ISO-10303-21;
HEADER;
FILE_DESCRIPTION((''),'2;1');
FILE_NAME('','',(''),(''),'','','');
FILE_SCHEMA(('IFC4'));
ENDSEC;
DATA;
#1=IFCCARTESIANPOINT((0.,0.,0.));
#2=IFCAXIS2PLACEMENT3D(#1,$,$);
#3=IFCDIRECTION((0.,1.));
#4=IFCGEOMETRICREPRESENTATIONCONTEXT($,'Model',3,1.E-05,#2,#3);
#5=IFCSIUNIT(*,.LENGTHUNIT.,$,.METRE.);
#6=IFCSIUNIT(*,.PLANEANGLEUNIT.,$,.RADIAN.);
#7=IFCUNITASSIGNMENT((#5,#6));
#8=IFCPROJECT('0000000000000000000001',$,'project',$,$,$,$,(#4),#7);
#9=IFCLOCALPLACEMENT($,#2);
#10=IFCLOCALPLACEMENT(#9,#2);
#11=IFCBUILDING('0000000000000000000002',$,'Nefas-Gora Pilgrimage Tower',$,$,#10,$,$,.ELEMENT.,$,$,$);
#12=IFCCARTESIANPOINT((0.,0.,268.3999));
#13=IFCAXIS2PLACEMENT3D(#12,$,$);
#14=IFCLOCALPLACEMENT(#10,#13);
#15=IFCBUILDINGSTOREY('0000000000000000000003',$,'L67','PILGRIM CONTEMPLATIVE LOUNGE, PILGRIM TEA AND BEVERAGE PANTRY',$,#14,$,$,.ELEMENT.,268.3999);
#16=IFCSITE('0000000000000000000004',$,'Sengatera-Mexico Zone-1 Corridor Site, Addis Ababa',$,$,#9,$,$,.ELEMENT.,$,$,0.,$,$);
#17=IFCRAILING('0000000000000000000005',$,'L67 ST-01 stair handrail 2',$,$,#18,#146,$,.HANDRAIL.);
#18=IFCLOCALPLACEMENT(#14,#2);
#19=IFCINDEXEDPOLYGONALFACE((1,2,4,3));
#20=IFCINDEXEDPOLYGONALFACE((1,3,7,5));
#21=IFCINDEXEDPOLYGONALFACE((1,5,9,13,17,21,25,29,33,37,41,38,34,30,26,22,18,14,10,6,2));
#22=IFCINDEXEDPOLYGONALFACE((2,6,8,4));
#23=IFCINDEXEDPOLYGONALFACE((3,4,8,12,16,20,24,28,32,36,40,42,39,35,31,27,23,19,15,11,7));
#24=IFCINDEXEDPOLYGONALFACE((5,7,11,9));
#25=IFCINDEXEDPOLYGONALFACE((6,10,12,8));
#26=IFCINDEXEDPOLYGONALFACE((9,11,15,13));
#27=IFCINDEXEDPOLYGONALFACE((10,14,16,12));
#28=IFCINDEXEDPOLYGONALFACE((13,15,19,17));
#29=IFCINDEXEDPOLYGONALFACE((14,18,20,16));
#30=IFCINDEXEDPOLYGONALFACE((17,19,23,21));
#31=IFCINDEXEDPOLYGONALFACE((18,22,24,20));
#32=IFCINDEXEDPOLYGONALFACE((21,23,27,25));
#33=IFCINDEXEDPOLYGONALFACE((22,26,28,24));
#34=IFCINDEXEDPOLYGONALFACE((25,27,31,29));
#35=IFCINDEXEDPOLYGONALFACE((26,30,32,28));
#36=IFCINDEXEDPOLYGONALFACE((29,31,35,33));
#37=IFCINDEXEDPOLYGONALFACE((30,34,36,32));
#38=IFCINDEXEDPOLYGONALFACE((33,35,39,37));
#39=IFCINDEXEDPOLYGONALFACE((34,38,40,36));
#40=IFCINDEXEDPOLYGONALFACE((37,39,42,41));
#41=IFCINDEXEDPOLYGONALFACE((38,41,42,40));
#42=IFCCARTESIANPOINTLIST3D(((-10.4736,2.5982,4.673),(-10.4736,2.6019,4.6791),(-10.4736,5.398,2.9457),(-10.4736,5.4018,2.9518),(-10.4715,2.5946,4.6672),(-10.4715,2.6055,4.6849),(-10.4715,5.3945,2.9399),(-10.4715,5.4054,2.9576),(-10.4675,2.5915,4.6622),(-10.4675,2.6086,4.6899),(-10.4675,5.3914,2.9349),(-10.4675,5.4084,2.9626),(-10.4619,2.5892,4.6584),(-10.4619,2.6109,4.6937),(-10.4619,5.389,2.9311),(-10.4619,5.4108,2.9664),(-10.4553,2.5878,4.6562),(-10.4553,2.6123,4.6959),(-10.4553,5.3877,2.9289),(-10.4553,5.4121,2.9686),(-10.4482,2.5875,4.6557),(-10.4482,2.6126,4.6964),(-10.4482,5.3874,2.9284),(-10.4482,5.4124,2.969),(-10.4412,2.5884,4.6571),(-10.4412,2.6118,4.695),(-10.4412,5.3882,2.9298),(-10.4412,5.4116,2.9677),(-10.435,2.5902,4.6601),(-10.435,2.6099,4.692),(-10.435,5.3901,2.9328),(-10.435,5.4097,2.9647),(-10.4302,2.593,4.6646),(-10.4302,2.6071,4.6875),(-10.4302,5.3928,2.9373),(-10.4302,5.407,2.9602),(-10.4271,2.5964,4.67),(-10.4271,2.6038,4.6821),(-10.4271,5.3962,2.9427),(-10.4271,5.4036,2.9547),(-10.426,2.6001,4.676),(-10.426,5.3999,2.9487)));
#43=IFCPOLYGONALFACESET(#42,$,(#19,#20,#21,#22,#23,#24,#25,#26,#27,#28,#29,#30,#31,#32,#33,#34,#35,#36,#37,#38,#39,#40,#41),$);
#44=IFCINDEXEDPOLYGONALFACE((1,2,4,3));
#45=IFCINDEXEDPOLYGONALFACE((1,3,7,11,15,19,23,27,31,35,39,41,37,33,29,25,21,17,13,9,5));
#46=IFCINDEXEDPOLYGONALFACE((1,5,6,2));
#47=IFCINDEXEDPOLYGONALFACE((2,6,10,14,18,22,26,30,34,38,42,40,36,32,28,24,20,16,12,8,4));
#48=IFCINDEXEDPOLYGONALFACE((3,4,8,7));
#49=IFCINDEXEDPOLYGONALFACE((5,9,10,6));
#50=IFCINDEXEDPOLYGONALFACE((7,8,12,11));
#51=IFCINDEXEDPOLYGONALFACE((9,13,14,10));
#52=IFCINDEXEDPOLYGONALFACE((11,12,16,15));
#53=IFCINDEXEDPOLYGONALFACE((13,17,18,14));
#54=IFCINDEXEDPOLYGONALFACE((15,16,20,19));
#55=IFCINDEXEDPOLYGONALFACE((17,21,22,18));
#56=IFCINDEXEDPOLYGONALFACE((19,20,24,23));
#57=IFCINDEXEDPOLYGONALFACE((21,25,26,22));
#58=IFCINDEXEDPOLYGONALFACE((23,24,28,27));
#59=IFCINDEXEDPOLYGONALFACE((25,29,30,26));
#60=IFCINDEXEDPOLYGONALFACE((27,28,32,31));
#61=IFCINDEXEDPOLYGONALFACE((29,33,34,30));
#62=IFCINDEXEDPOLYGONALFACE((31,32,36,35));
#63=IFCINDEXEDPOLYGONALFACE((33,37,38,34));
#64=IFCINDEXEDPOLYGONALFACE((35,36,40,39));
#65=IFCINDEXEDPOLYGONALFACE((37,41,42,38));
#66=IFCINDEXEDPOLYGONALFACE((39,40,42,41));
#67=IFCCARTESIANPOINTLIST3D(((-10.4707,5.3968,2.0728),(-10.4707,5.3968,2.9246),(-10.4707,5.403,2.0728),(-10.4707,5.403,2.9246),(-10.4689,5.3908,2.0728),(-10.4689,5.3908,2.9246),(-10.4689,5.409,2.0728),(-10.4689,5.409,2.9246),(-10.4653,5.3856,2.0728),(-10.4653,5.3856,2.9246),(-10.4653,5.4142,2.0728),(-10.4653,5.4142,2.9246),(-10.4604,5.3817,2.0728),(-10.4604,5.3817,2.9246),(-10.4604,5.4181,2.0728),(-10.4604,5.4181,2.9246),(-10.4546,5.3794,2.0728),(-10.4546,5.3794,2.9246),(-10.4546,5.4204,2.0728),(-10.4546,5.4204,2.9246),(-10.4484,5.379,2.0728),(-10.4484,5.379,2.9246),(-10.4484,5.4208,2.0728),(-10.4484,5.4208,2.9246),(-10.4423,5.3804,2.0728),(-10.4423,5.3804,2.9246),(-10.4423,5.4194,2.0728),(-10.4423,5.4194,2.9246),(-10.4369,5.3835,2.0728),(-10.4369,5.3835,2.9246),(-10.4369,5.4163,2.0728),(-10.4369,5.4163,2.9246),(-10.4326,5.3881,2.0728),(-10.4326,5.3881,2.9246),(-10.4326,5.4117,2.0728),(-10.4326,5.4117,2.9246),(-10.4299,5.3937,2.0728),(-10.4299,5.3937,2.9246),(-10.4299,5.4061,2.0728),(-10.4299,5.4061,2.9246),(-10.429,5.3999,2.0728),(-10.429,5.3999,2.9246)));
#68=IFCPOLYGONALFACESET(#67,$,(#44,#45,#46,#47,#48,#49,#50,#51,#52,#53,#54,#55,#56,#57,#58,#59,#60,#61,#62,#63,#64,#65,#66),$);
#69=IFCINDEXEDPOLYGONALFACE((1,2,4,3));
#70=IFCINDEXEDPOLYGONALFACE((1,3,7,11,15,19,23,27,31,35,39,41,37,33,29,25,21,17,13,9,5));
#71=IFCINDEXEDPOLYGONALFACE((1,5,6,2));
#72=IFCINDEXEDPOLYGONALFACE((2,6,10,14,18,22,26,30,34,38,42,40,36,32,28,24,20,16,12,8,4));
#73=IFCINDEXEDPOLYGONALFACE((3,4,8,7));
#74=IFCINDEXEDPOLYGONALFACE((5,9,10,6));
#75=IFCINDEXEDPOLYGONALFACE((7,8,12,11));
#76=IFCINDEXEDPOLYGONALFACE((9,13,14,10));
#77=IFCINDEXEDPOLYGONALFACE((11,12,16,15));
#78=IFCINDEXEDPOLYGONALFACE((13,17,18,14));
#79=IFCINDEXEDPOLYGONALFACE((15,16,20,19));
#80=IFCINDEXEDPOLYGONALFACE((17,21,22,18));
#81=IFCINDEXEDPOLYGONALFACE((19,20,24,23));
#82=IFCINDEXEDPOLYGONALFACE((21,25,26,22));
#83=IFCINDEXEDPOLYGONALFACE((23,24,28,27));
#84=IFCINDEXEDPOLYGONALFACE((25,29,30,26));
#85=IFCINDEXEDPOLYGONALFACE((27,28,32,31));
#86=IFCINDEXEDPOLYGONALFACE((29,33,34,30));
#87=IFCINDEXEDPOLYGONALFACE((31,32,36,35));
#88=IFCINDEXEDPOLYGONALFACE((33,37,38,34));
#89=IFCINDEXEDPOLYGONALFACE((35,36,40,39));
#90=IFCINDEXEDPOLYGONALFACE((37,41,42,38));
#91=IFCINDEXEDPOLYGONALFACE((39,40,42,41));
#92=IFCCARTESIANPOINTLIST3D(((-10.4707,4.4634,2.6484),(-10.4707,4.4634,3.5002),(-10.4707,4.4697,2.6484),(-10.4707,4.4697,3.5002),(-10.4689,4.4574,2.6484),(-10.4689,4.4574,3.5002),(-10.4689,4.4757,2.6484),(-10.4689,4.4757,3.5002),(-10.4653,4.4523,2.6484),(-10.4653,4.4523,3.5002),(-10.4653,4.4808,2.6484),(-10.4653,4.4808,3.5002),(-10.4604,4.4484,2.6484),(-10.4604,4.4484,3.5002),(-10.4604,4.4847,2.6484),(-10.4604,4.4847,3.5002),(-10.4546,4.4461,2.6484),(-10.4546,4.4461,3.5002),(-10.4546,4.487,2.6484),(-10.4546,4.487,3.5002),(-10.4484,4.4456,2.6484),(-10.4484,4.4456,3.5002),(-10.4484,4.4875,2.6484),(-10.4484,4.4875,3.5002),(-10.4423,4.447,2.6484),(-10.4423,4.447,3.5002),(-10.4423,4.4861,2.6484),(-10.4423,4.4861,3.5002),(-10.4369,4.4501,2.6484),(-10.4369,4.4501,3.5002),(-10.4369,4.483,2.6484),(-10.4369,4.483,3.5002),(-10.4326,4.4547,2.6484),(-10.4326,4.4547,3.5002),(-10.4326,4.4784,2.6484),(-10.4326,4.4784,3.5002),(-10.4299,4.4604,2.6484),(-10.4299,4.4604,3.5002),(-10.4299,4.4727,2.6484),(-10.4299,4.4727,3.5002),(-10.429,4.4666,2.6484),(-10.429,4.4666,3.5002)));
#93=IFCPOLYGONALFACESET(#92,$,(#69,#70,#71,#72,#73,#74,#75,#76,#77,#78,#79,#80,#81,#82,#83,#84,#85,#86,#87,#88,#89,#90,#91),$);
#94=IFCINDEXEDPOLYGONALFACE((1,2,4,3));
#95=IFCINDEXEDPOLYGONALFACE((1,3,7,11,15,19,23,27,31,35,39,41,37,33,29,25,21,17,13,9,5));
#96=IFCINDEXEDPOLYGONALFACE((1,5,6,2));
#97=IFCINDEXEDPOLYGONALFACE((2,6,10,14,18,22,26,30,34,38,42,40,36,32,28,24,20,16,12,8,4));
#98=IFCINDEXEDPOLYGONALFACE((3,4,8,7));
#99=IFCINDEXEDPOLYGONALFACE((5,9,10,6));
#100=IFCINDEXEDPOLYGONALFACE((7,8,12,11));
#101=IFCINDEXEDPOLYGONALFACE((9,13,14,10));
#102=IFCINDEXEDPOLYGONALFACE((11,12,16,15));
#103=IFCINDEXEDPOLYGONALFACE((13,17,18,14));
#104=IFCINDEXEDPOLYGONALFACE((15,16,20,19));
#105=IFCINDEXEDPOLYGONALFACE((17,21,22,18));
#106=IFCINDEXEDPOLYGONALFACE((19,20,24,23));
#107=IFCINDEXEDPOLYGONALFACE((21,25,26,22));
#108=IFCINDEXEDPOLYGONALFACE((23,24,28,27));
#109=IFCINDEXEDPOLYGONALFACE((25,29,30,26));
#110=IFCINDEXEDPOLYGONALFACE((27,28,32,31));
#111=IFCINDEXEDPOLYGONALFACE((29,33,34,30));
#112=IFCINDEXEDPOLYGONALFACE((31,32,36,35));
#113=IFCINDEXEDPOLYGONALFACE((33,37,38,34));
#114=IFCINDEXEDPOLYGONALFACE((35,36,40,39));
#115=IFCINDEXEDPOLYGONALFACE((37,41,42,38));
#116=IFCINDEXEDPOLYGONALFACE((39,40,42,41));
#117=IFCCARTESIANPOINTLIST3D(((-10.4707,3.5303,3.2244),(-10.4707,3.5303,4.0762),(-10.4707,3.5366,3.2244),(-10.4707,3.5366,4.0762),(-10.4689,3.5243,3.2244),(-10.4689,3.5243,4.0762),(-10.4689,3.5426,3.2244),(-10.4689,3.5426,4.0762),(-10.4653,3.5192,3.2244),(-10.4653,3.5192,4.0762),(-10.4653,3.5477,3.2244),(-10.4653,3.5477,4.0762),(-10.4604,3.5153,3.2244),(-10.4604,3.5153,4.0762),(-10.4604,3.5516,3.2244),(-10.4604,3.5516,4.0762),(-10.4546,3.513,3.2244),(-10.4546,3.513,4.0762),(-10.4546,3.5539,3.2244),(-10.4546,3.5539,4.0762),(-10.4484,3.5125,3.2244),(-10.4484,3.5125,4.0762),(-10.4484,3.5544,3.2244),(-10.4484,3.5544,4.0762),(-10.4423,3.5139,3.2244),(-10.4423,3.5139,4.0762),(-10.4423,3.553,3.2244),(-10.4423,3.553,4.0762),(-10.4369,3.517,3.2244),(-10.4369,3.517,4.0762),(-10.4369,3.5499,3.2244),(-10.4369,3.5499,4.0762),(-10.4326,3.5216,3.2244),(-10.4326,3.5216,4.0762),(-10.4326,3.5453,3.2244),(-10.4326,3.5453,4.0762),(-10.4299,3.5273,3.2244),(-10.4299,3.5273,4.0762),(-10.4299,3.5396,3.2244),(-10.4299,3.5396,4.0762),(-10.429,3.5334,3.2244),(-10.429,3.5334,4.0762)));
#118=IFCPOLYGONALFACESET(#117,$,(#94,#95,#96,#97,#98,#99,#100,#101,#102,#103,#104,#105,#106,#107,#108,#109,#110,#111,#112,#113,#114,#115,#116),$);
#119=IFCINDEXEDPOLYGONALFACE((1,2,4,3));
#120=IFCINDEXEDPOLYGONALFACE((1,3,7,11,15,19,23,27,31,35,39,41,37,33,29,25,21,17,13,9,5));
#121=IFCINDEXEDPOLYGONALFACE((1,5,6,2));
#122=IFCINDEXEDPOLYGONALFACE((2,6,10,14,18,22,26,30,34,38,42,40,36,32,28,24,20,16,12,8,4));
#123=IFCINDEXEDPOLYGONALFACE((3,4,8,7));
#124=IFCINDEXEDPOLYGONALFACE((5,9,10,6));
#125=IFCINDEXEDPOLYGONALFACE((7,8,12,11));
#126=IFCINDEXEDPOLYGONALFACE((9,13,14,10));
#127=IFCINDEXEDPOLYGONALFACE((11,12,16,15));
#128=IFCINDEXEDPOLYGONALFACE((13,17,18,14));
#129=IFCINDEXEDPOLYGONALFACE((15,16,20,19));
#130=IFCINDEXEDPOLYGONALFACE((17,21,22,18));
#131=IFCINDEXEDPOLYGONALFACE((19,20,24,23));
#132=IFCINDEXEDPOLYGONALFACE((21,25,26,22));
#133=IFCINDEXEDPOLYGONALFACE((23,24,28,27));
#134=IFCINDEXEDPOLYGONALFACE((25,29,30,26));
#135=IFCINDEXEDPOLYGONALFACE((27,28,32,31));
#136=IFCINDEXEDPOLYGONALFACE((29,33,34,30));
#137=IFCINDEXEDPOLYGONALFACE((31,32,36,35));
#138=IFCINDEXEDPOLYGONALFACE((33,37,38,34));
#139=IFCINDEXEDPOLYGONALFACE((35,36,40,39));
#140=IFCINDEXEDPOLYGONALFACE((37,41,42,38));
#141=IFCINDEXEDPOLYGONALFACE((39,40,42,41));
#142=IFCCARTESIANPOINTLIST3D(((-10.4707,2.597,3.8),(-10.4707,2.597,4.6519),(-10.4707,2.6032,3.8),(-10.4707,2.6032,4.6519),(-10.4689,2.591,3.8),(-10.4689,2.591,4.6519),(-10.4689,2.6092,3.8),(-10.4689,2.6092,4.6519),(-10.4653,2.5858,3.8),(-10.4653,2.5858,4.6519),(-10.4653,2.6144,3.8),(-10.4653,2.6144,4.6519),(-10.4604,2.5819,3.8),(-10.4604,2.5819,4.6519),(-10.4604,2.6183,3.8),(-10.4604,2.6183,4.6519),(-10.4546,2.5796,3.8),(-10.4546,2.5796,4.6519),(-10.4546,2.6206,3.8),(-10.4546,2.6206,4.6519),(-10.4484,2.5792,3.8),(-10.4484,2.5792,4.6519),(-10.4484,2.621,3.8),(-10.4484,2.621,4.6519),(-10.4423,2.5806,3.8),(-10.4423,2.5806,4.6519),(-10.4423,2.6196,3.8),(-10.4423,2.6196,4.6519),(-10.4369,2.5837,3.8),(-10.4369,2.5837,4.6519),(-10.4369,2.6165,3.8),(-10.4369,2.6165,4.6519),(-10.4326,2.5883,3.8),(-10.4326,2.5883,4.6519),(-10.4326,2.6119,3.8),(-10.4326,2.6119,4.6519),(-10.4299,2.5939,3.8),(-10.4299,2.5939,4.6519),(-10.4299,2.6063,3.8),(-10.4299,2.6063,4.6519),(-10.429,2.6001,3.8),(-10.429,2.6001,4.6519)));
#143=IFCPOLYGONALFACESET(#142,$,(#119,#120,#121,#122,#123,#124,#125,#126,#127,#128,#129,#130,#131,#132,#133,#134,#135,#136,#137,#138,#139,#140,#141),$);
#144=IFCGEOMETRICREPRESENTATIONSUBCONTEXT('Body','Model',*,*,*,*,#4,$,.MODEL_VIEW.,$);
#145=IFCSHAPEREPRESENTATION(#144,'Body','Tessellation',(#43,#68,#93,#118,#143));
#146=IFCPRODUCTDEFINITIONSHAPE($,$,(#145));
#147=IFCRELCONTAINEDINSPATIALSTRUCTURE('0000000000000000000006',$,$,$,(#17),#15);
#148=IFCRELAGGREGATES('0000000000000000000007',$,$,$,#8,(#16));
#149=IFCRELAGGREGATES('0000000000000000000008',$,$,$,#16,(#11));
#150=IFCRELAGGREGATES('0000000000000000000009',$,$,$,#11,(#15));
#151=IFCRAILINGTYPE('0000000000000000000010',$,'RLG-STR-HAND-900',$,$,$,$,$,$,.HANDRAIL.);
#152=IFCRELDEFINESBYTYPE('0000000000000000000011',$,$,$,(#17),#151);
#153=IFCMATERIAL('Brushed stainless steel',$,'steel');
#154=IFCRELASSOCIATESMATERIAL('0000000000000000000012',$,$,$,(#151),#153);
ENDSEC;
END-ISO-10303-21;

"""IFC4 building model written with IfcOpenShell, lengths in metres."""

from ifc_helpers import new_model, si_unit, direction, frame, origin, origin_2d, place, context, subcontext, project, spatial, circle, extrude, material, type_object, element, save


model = new_model("IFC4")

# Units and contexts
model_context = context("Model", 3, precision=1e-05, world=origin(), true_north=direction((0.0, 1.0)))
body_context = subcontext(model_context, "Body", "Model", "MODEL_VIEW")
ifc_project = project(units=[si_unit("LENGTHUNIT", "METRE"), si_unit("PLANEANGLEUNIT", "RADIAN")], contexts=[model_context])

# Site, building, storey
site_placement = place(None, origin())
site = spatial("IfcSite", under=ifc_project, at=site_placement, Name="Sengatera-Mexico Zone-1 Corridor Site, Addis Ababa", CompositionType="ELEMENT", RefElevation=0.0)
building_placement = place(site_placement, origin())
building = spatial("IfcBuilding", under=site, at=building_placement, Name="Nefas-Gora Pilgrimage Tower", CompositionType="ELEMENT")
storey_placement = place(building_placement, frame((0.0, 0.0, 268.3999)))
storey = spatial("IfcBuildingStorey", under=building, at=storey_placement, Name="L67", Description="PILGRIM CONTEMPLATIVE LOUNGE, PILGRIM TEA AND BEVERAGE PANTRY", CompositionType="ELEMENT", Elevation=268.3999)

# Railing
ifc_material_1 = material(Name="Brushed stainless steel", Category="steel")
railing_type_1 = type_object("IfcRailingType", Name="RLG-STR-HAND-900", PredefinedType="HANDRAIL", material=ifc_material_1)
railing_1_placement = place(storey_placement, frame((-10.45, 5.3999, 2.0728)))
element("IfcRailing", 1, at=railing_1_placement, inside=storey, type_object=railing_type_1, Name="L67 ST-01 stair handrail 2", PredefinedType="HANDRAIL", context=body_context, shape_type="SweptSolid", body=[
    extrude(circle(Radius=0.0239, at=origin_2d()), frame((0.0, 0.0, 0.876), z_axis=(0.0, -0.851069, 0.525054), x_axis=(1.0, 0.0, 0.0)), (0.0, 0.0, 1.0), 3.2898),
    extrude(circle(Radius=0.021, at=origin_2d()), origin(), (0.0, 0.0, 1.0), 0.8518),
    extrude(circle(Radius=0.021, at=origin_2d()), frame((0.0, -0.9333, 0.5757)), (0.0, 0.0, 1.0), 0.8518),
    extrude(circle(Radius=0.021, at=origin_2d()), frame((0.0, -1.8665, 1.1516)), (0.0, 0.0, 1.0), 0.8518),
    extrude(circle(Radius=0.021, at=origin_2d()), frame((0.0, -2.7998, 1.7273)), (0.0, 0.0, 1.0), 0.8518),
])

save(model, "model.ifc")
